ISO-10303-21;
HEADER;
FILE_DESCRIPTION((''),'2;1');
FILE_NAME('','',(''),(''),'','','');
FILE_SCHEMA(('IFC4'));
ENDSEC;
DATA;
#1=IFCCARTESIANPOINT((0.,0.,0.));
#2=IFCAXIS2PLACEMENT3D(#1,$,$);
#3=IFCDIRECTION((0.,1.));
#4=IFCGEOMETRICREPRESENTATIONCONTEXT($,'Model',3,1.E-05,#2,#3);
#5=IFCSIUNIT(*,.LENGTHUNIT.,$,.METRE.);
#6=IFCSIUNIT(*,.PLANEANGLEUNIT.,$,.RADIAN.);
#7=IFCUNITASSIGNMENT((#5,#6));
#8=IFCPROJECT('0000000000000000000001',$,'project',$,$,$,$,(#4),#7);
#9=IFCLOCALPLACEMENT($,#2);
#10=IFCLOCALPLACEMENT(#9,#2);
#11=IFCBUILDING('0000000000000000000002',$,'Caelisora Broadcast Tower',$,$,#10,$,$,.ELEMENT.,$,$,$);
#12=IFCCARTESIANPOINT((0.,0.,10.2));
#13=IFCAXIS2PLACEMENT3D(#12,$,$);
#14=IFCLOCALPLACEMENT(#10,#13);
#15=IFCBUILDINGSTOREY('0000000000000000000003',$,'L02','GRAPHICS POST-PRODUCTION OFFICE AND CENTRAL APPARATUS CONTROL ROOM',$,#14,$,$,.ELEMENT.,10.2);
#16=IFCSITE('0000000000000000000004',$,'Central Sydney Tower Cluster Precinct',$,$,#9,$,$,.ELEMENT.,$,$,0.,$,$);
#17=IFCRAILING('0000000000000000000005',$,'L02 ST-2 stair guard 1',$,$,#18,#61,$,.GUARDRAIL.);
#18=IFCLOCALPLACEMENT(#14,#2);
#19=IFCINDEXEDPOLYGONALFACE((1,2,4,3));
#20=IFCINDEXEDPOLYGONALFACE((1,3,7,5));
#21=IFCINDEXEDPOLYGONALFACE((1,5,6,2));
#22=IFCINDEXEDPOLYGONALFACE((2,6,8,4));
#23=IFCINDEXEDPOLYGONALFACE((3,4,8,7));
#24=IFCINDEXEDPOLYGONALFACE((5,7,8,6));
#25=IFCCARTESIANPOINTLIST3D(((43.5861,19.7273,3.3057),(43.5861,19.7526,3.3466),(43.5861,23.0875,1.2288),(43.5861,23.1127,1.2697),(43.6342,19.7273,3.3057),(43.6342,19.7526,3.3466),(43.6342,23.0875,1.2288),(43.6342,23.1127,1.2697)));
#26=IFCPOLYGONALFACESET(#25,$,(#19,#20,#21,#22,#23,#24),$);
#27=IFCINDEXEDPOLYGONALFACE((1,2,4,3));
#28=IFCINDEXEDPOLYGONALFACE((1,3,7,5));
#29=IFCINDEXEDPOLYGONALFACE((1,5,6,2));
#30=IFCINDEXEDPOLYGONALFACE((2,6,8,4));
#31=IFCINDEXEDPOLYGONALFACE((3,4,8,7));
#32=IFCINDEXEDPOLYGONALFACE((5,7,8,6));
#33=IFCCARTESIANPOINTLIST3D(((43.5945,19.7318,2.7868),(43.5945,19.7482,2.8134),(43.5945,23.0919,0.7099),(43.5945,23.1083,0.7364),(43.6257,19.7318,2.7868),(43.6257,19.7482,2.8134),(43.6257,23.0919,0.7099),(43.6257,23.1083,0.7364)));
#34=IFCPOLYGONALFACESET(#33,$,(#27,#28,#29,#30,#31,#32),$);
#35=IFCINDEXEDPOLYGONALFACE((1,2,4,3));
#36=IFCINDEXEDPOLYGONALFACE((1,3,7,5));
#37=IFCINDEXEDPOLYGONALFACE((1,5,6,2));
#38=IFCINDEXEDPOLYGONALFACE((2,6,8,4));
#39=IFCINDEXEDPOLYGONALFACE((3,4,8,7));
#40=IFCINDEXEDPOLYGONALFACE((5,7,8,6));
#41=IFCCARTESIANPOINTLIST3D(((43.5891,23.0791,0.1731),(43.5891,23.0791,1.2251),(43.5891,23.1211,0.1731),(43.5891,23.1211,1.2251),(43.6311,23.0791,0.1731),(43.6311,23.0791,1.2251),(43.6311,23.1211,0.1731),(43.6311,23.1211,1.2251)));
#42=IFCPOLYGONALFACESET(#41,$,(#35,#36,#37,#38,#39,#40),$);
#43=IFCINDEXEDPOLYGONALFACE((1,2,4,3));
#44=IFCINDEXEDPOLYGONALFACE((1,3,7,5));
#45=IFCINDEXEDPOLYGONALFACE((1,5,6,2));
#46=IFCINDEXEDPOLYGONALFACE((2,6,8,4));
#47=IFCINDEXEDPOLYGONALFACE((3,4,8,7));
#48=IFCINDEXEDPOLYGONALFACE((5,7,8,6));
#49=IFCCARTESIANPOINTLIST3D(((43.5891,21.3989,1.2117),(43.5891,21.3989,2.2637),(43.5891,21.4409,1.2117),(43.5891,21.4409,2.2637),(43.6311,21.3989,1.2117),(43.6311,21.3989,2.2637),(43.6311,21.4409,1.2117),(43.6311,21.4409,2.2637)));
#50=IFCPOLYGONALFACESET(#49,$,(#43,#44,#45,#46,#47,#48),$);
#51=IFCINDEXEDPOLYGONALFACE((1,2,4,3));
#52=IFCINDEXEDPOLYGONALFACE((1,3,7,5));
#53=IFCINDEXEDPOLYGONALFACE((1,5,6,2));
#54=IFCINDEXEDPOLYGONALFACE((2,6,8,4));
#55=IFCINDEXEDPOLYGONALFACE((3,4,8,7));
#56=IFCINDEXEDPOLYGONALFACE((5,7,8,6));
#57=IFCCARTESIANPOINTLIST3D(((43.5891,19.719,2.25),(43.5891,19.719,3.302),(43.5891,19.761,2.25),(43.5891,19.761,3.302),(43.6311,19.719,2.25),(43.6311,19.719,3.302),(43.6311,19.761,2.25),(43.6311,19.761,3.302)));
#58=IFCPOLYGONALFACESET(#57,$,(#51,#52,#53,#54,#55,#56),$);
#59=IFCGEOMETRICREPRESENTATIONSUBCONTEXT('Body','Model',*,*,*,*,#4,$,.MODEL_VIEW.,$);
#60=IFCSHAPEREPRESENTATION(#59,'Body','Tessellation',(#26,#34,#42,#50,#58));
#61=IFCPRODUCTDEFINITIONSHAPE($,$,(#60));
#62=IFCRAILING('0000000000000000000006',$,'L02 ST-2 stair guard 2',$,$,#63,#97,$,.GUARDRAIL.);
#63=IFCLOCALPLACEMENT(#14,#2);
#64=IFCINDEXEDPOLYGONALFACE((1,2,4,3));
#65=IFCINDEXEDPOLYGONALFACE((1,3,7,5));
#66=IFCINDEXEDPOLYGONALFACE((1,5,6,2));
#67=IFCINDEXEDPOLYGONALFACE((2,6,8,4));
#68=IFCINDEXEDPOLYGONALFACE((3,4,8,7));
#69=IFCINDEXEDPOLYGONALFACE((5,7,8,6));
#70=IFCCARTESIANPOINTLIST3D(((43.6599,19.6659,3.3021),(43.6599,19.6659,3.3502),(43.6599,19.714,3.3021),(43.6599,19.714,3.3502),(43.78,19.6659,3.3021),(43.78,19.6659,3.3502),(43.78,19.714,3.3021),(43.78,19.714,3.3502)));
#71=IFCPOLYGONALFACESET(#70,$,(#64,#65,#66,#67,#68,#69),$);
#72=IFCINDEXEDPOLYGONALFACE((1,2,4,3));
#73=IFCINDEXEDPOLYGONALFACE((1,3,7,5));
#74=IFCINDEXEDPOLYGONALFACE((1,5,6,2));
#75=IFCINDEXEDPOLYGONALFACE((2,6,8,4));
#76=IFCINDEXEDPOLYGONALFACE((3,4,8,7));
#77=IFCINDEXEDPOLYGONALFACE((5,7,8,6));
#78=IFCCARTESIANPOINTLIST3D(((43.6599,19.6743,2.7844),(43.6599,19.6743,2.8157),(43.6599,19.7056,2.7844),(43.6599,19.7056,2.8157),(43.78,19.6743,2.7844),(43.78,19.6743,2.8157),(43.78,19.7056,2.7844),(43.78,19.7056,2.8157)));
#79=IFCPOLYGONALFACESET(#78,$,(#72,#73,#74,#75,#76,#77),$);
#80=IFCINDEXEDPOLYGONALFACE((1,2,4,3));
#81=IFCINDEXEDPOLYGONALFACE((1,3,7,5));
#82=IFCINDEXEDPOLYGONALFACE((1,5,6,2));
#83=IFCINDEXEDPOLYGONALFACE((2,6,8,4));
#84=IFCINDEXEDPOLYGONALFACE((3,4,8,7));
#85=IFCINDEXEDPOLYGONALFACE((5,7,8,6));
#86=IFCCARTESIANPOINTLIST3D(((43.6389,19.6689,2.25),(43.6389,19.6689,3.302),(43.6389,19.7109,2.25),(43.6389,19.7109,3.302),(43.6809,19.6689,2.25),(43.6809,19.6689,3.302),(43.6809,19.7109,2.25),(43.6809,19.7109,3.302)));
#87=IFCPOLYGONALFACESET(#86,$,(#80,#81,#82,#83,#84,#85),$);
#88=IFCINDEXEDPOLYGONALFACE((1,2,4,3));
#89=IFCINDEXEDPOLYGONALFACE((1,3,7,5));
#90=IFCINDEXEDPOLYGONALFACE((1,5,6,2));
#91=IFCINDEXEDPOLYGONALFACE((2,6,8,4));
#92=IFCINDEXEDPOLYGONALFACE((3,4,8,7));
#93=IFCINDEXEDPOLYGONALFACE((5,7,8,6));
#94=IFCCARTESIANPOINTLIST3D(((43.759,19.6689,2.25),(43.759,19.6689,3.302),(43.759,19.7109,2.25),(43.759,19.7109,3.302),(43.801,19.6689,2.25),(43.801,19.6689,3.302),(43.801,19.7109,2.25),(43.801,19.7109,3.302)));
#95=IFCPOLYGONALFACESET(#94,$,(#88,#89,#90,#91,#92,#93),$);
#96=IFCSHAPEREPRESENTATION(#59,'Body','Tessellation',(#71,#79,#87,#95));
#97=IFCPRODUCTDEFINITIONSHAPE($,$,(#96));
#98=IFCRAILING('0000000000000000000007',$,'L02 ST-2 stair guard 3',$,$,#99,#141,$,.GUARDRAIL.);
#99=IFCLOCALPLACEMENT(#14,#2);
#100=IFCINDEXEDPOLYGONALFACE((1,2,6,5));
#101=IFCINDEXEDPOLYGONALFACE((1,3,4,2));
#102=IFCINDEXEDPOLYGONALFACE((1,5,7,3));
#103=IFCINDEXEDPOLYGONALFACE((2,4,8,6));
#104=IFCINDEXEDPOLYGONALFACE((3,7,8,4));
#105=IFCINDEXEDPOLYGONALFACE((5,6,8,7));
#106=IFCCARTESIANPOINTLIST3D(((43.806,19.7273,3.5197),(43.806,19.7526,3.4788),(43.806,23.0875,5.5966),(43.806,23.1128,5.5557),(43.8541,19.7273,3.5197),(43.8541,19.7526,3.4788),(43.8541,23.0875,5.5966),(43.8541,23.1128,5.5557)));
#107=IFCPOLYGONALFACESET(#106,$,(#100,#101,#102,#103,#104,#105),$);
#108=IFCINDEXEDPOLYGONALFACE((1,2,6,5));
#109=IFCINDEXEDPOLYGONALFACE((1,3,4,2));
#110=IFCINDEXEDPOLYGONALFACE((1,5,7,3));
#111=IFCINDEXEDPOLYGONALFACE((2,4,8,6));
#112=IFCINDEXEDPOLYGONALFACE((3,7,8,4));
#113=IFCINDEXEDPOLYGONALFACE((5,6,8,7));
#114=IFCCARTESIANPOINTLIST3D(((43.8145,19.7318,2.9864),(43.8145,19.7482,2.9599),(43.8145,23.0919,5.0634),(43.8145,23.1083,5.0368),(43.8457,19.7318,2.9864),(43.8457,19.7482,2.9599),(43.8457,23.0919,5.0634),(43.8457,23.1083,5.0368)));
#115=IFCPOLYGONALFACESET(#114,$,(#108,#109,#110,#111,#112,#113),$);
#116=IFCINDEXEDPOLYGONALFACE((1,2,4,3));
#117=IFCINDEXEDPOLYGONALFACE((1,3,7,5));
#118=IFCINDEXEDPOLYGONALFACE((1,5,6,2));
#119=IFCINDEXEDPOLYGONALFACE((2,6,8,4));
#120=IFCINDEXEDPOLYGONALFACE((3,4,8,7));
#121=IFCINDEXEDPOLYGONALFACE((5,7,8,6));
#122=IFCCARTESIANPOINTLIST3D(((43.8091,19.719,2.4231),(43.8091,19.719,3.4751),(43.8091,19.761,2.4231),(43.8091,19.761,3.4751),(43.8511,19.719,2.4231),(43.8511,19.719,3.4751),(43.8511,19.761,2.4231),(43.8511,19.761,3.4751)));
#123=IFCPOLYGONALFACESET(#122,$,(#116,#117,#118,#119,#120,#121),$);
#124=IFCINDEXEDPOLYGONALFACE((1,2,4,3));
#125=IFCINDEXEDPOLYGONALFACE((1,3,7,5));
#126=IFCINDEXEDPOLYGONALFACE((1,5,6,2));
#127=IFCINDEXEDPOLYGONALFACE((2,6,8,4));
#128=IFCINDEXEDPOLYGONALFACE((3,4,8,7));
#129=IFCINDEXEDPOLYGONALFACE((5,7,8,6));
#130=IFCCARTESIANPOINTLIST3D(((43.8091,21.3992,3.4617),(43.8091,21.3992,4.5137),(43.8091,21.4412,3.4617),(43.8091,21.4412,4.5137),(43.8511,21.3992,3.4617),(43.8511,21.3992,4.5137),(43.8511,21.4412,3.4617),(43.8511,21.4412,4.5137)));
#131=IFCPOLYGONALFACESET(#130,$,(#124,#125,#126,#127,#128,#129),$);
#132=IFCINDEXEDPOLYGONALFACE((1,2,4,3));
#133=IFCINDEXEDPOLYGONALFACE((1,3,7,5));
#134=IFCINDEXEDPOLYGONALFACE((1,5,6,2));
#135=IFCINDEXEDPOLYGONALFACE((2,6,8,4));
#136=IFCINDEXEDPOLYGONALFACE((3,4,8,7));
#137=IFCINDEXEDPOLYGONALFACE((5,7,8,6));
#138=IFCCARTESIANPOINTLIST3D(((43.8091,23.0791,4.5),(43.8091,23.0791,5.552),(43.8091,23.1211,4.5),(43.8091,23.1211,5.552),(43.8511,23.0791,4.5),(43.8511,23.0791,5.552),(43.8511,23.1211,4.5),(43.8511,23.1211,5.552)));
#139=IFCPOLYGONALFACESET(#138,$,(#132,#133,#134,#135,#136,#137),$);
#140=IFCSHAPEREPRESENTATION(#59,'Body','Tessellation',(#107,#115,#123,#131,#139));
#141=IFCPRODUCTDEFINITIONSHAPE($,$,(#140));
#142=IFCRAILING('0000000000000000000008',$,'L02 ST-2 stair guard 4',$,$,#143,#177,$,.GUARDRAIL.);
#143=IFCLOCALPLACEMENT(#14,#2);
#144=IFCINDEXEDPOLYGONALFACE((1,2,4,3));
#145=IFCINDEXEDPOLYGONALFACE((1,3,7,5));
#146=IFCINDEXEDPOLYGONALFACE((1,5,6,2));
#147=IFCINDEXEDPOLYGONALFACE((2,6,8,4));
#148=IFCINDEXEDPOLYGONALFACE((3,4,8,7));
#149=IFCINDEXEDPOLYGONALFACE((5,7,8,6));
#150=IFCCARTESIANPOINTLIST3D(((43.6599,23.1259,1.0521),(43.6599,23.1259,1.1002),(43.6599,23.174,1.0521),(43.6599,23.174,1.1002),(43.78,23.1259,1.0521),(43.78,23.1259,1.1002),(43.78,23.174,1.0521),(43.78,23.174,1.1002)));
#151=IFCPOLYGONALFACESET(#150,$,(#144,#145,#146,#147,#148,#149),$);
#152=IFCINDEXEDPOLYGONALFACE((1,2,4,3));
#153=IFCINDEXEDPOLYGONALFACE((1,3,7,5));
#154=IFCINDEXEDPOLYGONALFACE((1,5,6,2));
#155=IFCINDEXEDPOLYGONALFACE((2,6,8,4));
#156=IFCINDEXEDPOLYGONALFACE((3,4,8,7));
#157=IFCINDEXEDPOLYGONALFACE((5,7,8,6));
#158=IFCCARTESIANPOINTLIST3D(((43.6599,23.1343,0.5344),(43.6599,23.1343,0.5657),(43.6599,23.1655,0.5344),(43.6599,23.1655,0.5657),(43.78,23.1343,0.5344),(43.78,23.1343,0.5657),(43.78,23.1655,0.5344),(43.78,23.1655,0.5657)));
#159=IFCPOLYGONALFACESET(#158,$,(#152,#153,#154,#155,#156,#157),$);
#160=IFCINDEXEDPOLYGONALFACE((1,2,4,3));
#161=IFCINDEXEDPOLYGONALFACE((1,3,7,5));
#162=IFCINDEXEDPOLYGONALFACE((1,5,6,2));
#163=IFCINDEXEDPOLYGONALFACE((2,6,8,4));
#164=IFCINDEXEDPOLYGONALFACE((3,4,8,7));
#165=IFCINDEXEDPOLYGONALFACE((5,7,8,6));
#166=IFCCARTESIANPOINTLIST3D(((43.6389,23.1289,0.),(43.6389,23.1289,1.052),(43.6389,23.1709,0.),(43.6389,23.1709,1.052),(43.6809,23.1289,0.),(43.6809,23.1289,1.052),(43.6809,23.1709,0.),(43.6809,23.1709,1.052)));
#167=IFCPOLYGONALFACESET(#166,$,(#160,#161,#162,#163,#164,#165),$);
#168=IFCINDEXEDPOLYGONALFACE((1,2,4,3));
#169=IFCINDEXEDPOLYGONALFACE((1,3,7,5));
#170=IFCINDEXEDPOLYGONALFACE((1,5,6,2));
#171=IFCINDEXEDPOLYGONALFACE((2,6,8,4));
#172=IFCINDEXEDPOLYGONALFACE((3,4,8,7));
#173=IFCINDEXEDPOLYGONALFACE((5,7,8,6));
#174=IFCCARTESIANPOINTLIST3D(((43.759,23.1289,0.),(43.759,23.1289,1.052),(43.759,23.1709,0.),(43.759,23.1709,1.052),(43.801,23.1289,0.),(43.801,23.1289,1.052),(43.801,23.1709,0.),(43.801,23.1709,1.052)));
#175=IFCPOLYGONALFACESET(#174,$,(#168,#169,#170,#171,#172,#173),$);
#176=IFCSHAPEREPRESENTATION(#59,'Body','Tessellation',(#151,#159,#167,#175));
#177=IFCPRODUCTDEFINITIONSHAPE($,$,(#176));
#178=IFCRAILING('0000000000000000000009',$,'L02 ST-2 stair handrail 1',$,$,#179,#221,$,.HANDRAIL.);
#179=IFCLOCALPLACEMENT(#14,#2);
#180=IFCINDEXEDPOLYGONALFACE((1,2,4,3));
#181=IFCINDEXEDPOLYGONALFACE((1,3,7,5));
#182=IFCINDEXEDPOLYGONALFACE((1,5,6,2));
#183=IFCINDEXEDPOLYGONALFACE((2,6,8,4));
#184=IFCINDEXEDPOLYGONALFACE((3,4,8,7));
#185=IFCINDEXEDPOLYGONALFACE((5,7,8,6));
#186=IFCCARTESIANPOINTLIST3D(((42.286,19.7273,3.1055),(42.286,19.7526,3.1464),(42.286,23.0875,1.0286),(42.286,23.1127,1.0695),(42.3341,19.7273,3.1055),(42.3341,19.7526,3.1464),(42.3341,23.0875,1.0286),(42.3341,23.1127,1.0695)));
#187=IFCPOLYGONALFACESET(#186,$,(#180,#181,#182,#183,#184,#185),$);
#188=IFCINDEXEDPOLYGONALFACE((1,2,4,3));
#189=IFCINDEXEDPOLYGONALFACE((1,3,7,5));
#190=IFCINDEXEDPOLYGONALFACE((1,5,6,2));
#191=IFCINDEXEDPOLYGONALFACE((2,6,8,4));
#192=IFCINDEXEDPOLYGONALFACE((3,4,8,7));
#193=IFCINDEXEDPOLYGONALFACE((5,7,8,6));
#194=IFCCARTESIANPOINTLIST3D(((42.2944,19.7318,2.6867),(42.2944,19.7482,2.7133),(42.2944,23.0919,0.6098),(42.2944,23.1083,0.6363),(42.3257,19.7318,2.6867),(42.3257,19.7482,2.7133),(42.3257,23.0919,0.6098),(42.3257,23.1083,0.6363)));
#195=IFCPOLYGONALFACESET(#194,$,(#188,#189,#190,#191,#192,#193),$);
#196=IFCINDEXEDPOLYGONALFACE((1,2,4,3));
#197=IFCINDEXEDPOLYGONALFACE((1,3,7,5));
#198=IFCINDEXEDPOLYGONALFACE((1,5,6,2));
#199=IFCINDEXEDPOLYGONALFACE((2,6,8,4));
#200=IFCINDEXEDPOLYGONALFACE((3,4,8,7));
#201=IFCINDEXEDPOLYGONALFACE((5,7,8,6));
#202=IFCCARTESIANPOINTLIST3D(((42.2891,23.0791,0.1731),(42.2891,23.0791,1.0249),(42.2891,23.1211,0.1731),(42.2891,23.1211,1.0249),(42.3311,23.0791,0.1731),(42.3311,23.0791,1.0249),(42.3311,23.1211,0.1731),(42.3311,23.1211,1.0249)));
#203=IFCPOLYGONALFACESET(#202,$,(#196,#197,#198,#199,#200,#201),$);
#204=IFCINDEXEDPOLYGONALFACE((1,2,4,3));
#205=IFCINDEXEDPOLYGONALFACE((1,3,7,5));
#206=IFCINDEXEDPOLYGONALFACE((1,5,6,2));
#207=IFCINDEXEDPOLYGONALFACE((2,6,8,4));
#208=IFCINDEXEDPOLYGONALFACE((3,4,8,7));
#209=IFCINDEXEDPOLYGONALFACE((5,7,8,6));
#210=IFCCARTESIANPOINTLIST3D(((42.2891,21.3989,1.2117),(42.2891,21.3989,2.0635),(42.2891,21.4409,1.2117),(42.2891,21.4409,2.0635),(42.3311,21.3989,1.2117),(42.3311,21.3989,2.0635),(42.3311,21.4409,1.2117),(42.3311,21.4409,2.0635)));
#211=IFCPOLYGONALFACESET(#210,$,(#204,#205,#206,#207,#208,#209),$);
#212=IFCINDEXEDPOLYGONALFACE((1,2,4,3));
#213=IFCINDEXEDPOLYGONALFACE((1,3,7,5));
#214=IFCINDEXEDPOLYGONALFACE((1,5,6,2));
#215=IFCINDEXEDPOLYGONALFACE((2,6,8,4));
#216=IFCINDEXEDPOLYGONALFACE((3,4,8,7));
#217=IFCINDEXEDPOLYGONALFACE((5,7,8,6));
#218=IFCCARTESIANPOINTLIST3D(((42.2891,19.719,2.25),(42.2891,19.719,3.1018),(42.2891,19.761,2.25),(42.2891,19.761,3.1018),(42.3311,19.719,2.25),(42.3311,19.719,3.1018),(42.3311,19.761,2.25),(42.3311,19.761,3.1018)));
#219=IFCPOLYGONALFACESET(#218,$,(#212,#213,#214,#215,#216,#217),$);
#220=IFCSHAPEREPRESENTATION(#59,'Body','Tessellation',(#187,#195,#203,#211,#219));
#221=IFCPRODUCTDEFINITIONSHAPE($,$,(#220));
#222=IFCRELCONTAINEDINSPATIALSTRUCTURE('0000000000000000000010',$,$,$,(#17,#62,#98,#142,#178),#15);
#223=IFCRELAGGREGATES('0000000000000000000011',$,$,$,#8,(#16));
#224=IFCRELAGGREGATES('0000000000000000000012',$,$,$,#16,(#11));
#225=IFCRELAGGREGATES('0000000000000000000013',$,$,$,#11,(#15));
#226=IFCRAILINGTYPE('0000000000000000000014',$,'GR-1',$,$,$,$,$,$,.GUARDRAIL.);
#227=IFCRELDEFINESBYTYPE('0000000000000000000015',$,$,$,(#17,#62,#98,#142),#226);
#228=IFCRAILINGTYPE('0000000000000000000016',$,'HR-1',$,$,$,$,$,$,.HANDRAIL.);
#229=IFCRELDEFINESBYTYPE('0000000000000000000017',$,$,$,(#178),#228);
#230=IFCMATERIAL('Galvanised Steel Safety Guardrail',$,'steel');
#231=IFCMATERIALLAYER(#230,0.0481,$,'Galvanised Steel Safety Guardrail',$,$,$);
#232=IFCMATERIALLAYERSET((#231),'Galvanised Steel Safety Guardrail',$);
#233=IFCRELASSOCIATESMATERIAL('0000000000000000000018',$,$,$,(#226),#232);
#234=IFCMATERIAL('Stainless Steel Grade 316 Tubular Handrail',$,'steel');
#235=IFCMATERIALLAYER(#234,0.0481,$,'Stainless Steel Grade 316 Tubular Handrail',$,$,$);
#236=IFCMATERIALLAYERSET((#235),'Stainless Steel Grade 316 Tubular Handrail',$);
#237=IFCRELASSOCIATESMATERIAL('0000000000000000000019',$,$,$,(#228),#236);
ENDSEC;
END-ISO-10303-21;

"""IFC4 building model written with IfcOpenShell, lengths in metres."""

from ifc_helpers import new_model, si_unit, direction, frame, origin, origin_2d, place, context, subcontext, project, spatial, rectangle, extrude, material, layer, layer_set, type_object, element, save


model = new_model("IFC4")

# Units and contexts
model_context = context("Model", 3, precision=1e-05, world=origin(), true_north=direction((0.0, 1.0)))
body_context = subcontext(model_context, "Body", "Model", "MODEL_VIEW")
ifc_project = project(units=[si_unit("LENGTHUNIT", "METRE"), si_unit("PLANEANGLEUNIT", "RADIAN")], contexts=[model_context])

# Site, building, storey
site_placement = place(None, origin())
site = spatial("IfcSite", under=ifc_project, at=site_placement, Name="Central Sydney Tower Cluster Precinct", CompositionType="ELEMENT", RefElevation=0.0)
building_placement = place(site_placement, origin())
building = spatial("IfcBuilding", under=site, at=building_placement, Name="Caelisora Broadcast Tower", CompositionType="ELEMENT")
storey_placement = place(building_placement, frame((0.0, 0.0, 10.2)))
storey = spatial("IfcBuildingStorey", under=building, at=storey_placement, Name="L02", Description="GRAPHICS POST-PRODUCTION OFFICE AND CENTRAL APPARATUS CONTROL ROOM", CompositionType="ELEMENT", Elevation=10.2)

# Railings
ifc_material_1 = material(Name="Galvanised Steel Safety Guardrail", Category="steel")
ifc_layer_1 = layer(ifc_material_1, 0.0481, Name="Galvanised Steel Safety Guardrail")
ifc_layer_set_1 = layer_set([ifc_layer_1], Name="Galvanised Steel Safety Guardrail")
railing_type_1 = type_object("IfcRailingType", Name="GR-1", PredefinedType="GUARDRAIL", material=ifc_layer_set_1)
railing_1_placement = place(storey_placement, frame((43.6101, 23.1001, 0.1731)))
element("IfcRailing", 1, at=railing_1_placement, inside=storey, type_object=railing_type_1, Name="L02 ST-2 stair guard 1", PredefinedType="GUARDRAIL", context=body_context, shape_type="SweptSolid", body=[
    extrude(rectangle(XDim=0.0481, YDim=0.0481, at=origin_2d()), frame((0.0, 0.0, 1.0762), z_axis=(0.0, -0.850623, 0.525776), x_axis=(1.0, 0.0, 0.0)), (0.0, 0.0, 1.0), 3.9502),
    extrude(rectangle(XDim=0.0312, YDim=0.0312, at=origin_2d()), frame((0.0, 0.0, 0.55), z_axis=(0.0, -0.850623, 0.525776), x_axis=(1.0, 0.0, 0.0)), (0.0, 0.0, 1.0), 3.9502),
    extrude(rectangle(XDim=0.042, YDim=0.042, at=origin_2d()), origin(), (0.0, 0.0, 1.0), 1.052),
    extrude(rectangle(XDim=0.042, YDim=0.042, at=origin_2d()), frame((0.0, -1.6802, 1.0386)), (0.0, 0.0, 1.0), 1.052),
    extrude(rectangle(XDim=0.042, YDim=0.042, at=origin_2d()), frame((0.0, -3.3601, 2.0769)), (0.0, 0.0, 1.0), 1.052),
])
railing_2_placement = place(storey_placement, frame((43.6599, 19.6899, 2.25)))
element("IfcRailing", 2, at=railing_2_placement, inside=storey, type_object=railing_type_1, Name="L02 ST-2 stair guard 2", PredefinedType="GUARDRAIL", context=body_context, shape_type="SweptSolid", body=[
    extrude(rectangle(XDim=0.0481, YDim=0.0481, at=origin_2d()), frame((0.0, 0.0, 1.0762), z_axis=(1.0, 0.0, 0.0), x_axis=(0.0, 1.0, 0.0)), (0.0, 0.0, 1.0), 0.1201),
    extrude(rectangle(XDim=0.0312, YDim=0.0312, at=origin_2d()), frame((0.0, 0.0, 0.55), z_axis=(1.0, 0.0, 0.0), x_axis=(0.0, 1.0, 0.0)), (0.0, 0.0, 1.0), 0.1201),
    extrude(rectangle(XDim=0.042, YDim=0.042, at=origin_2d()), origin(), (0.0, 0.0, 1.0), 1.052),
    extrude(rectangle(XDim=0.042, YDim=0.042, at=origin_2d()), frame((0.1201, 0.0, 0.0)), (0.0, 0.0, 1.0), 1.052),
])
railing_3_placement = place(storey_placement, frame((43.8301, 19.74, 2.4231)))
element("IfcRailing", 3, at=railing_3_placement, inside=storey, type_object=railing_type_1, Name="L02 ST-2 stair guard 3", PredefinedType="GUARDRAIL", context=body_context, shape_type="SweptSolid", body=[
    extrude(rectangle(XDim=0.0481, YDim=0.0481, at=origin_2d()), frame((0.0, 0.0, 1.0762), z_axis=(0.0, 0.850623, 0.525776), x_axis=(-1.0, 0.0, 0.0)), (0.0, 0.0, 1.0), 3.9502),
    extrude(rectangle(XDim=0.0312, YDim=0.0312, at=origin_2d()), frame((0.0, 0.0, 0.55), z_axis=(0.0, 0.850623, 0.525776), x_axis=(-1.0, 0.0, 0.0)), (0.0, 0.0, 1.0), 3.9502),
    extrude(rectangle(XDim=0.042, YDim=0.042, at=origin_2d()), origin(), (0.0, 0.0, 1.0), 1.052),
    extrude(rectangle(XDim=0.042, YDim=0.042, at=origin_2d()), frame((0.0, 1.6802, 1.0386)), (0.0, 0.0, 1.0), 1.052),
    extrude(rectangle(XDim=0.042, YDim=0.042, at=origin_2d()), frame((0.0, 3.3601, 2.0769)), (0.0, 0.0, 1.0), 1.052),
])
railing_4_placement = place(storey_placement, frame((43.6599, 23.1499, 0.0)))
element("IfcRailing", 4, at=railing_4_placement, inside=storey, type_object=railing_type_1, Name="L02 ST-2 stair guard 4", PredefinedType="GUARDRAIL", context=body_context, shape_type="SweptSolid", body=[
    extrude(rectangle(XDim=0.0481, YDim=0.0481, at=origin_2d()), frame((0.0, 0.0, 1.0762), z_axis=(1.0, 0.0, 0.0), x_axis=(0.0, 1.0, 0.0)), (0.0, 0.0, 1.0), 0.1201),
    extrude(rectangle(XDim=0.0312, YDim=0.0312, at=origin_2d()), frame((0.0, 0.0, 0.55), z_axis=(1.0, 0.0, 0.0), x_axis=(0.0, 1.0, 0.0)), (0.0, 0.0, 1.0), 0.1201),
    extrude(rectangle(XDim=0.042, YDim=0.042, at=origin_2d()), origin(), (0.0, 0.0, 1.0), 1.052),
    extrude(rectangle(XDim=0.042, YDim=0.042, at=origin_2d()), frame((0.1201, 0.0, 0.0)), (0.0, 0.0, 1.0), 1.052),
])
ifc_material_2 = material(Name="Stainless Steel Grade 316 Tubular Handrail", Category="steel")
ifc_layer_2 = layer(ifc_material_2, 0.0481, Name="Stainless Steel Grade 316 Tubular Handrail")
ifc_layer_set_2 = layer_set([ifc_layer_2], Name="Stainless Steel Grade 316 Tubular Handrail")
railing_type_2 = type_object("IfcRailingType", Name="HR-1", PredefinedType="HANDRAIL", material=ifc_layer_set_2)
railing_5_placement = place(storey_placement, frame((42.3101, 23.1001, 0.1731)))
element("IfcRailing", 5, at=railing_5_placement, inside=storey, type_object=railing_type_2, Name="L02 ST-2 stair handrail 1", PredefinedType="HANDRAIL", context=body_context, shape_type="SweptSolid", body=[
    extrude(rectangle(XDim=0.0481, YDim=0.0481, at=origin_2d()), frame((0.0, 0.0, 0.876), z_axis=(0.0, -0.850623, 0.525776), x_axis=(1.0, 0.0, 0.0)), (0.0, 0.0, 1.0), 3.9502),
    extrude(rectangle(XDim=0.0312, YDim=0.0312, at=origin_2d()), frame((0.0, 0.0, 0.45), z_axis=(0.0, -0.850623, 0.525776), x_axis=(1.0, 0.0, 0.0)), (0.0, 0.0, 1.0), 3.9502),
    extrude(rectangle(XDim=0.042, YDim=0.042, at=origin_2d()), origin(), (0.0, 0.0, 1.0), 0.8518),
    extrude(rectangle(XDim=0.042, YDim=0.042, at=origin_2d()), frame((0.0, -1.6802, 1.0386)), (0.0, 0.0, 1.0), 0.8518),
    extrude(rectangle(XDim=0.042, YDim=0.042, at=origin_2d()), frame((0.0, -3.3601, 2.0769)), (0.0, 0.0, 1.0), 0.8518),
])

save(model, "model.ifc")
